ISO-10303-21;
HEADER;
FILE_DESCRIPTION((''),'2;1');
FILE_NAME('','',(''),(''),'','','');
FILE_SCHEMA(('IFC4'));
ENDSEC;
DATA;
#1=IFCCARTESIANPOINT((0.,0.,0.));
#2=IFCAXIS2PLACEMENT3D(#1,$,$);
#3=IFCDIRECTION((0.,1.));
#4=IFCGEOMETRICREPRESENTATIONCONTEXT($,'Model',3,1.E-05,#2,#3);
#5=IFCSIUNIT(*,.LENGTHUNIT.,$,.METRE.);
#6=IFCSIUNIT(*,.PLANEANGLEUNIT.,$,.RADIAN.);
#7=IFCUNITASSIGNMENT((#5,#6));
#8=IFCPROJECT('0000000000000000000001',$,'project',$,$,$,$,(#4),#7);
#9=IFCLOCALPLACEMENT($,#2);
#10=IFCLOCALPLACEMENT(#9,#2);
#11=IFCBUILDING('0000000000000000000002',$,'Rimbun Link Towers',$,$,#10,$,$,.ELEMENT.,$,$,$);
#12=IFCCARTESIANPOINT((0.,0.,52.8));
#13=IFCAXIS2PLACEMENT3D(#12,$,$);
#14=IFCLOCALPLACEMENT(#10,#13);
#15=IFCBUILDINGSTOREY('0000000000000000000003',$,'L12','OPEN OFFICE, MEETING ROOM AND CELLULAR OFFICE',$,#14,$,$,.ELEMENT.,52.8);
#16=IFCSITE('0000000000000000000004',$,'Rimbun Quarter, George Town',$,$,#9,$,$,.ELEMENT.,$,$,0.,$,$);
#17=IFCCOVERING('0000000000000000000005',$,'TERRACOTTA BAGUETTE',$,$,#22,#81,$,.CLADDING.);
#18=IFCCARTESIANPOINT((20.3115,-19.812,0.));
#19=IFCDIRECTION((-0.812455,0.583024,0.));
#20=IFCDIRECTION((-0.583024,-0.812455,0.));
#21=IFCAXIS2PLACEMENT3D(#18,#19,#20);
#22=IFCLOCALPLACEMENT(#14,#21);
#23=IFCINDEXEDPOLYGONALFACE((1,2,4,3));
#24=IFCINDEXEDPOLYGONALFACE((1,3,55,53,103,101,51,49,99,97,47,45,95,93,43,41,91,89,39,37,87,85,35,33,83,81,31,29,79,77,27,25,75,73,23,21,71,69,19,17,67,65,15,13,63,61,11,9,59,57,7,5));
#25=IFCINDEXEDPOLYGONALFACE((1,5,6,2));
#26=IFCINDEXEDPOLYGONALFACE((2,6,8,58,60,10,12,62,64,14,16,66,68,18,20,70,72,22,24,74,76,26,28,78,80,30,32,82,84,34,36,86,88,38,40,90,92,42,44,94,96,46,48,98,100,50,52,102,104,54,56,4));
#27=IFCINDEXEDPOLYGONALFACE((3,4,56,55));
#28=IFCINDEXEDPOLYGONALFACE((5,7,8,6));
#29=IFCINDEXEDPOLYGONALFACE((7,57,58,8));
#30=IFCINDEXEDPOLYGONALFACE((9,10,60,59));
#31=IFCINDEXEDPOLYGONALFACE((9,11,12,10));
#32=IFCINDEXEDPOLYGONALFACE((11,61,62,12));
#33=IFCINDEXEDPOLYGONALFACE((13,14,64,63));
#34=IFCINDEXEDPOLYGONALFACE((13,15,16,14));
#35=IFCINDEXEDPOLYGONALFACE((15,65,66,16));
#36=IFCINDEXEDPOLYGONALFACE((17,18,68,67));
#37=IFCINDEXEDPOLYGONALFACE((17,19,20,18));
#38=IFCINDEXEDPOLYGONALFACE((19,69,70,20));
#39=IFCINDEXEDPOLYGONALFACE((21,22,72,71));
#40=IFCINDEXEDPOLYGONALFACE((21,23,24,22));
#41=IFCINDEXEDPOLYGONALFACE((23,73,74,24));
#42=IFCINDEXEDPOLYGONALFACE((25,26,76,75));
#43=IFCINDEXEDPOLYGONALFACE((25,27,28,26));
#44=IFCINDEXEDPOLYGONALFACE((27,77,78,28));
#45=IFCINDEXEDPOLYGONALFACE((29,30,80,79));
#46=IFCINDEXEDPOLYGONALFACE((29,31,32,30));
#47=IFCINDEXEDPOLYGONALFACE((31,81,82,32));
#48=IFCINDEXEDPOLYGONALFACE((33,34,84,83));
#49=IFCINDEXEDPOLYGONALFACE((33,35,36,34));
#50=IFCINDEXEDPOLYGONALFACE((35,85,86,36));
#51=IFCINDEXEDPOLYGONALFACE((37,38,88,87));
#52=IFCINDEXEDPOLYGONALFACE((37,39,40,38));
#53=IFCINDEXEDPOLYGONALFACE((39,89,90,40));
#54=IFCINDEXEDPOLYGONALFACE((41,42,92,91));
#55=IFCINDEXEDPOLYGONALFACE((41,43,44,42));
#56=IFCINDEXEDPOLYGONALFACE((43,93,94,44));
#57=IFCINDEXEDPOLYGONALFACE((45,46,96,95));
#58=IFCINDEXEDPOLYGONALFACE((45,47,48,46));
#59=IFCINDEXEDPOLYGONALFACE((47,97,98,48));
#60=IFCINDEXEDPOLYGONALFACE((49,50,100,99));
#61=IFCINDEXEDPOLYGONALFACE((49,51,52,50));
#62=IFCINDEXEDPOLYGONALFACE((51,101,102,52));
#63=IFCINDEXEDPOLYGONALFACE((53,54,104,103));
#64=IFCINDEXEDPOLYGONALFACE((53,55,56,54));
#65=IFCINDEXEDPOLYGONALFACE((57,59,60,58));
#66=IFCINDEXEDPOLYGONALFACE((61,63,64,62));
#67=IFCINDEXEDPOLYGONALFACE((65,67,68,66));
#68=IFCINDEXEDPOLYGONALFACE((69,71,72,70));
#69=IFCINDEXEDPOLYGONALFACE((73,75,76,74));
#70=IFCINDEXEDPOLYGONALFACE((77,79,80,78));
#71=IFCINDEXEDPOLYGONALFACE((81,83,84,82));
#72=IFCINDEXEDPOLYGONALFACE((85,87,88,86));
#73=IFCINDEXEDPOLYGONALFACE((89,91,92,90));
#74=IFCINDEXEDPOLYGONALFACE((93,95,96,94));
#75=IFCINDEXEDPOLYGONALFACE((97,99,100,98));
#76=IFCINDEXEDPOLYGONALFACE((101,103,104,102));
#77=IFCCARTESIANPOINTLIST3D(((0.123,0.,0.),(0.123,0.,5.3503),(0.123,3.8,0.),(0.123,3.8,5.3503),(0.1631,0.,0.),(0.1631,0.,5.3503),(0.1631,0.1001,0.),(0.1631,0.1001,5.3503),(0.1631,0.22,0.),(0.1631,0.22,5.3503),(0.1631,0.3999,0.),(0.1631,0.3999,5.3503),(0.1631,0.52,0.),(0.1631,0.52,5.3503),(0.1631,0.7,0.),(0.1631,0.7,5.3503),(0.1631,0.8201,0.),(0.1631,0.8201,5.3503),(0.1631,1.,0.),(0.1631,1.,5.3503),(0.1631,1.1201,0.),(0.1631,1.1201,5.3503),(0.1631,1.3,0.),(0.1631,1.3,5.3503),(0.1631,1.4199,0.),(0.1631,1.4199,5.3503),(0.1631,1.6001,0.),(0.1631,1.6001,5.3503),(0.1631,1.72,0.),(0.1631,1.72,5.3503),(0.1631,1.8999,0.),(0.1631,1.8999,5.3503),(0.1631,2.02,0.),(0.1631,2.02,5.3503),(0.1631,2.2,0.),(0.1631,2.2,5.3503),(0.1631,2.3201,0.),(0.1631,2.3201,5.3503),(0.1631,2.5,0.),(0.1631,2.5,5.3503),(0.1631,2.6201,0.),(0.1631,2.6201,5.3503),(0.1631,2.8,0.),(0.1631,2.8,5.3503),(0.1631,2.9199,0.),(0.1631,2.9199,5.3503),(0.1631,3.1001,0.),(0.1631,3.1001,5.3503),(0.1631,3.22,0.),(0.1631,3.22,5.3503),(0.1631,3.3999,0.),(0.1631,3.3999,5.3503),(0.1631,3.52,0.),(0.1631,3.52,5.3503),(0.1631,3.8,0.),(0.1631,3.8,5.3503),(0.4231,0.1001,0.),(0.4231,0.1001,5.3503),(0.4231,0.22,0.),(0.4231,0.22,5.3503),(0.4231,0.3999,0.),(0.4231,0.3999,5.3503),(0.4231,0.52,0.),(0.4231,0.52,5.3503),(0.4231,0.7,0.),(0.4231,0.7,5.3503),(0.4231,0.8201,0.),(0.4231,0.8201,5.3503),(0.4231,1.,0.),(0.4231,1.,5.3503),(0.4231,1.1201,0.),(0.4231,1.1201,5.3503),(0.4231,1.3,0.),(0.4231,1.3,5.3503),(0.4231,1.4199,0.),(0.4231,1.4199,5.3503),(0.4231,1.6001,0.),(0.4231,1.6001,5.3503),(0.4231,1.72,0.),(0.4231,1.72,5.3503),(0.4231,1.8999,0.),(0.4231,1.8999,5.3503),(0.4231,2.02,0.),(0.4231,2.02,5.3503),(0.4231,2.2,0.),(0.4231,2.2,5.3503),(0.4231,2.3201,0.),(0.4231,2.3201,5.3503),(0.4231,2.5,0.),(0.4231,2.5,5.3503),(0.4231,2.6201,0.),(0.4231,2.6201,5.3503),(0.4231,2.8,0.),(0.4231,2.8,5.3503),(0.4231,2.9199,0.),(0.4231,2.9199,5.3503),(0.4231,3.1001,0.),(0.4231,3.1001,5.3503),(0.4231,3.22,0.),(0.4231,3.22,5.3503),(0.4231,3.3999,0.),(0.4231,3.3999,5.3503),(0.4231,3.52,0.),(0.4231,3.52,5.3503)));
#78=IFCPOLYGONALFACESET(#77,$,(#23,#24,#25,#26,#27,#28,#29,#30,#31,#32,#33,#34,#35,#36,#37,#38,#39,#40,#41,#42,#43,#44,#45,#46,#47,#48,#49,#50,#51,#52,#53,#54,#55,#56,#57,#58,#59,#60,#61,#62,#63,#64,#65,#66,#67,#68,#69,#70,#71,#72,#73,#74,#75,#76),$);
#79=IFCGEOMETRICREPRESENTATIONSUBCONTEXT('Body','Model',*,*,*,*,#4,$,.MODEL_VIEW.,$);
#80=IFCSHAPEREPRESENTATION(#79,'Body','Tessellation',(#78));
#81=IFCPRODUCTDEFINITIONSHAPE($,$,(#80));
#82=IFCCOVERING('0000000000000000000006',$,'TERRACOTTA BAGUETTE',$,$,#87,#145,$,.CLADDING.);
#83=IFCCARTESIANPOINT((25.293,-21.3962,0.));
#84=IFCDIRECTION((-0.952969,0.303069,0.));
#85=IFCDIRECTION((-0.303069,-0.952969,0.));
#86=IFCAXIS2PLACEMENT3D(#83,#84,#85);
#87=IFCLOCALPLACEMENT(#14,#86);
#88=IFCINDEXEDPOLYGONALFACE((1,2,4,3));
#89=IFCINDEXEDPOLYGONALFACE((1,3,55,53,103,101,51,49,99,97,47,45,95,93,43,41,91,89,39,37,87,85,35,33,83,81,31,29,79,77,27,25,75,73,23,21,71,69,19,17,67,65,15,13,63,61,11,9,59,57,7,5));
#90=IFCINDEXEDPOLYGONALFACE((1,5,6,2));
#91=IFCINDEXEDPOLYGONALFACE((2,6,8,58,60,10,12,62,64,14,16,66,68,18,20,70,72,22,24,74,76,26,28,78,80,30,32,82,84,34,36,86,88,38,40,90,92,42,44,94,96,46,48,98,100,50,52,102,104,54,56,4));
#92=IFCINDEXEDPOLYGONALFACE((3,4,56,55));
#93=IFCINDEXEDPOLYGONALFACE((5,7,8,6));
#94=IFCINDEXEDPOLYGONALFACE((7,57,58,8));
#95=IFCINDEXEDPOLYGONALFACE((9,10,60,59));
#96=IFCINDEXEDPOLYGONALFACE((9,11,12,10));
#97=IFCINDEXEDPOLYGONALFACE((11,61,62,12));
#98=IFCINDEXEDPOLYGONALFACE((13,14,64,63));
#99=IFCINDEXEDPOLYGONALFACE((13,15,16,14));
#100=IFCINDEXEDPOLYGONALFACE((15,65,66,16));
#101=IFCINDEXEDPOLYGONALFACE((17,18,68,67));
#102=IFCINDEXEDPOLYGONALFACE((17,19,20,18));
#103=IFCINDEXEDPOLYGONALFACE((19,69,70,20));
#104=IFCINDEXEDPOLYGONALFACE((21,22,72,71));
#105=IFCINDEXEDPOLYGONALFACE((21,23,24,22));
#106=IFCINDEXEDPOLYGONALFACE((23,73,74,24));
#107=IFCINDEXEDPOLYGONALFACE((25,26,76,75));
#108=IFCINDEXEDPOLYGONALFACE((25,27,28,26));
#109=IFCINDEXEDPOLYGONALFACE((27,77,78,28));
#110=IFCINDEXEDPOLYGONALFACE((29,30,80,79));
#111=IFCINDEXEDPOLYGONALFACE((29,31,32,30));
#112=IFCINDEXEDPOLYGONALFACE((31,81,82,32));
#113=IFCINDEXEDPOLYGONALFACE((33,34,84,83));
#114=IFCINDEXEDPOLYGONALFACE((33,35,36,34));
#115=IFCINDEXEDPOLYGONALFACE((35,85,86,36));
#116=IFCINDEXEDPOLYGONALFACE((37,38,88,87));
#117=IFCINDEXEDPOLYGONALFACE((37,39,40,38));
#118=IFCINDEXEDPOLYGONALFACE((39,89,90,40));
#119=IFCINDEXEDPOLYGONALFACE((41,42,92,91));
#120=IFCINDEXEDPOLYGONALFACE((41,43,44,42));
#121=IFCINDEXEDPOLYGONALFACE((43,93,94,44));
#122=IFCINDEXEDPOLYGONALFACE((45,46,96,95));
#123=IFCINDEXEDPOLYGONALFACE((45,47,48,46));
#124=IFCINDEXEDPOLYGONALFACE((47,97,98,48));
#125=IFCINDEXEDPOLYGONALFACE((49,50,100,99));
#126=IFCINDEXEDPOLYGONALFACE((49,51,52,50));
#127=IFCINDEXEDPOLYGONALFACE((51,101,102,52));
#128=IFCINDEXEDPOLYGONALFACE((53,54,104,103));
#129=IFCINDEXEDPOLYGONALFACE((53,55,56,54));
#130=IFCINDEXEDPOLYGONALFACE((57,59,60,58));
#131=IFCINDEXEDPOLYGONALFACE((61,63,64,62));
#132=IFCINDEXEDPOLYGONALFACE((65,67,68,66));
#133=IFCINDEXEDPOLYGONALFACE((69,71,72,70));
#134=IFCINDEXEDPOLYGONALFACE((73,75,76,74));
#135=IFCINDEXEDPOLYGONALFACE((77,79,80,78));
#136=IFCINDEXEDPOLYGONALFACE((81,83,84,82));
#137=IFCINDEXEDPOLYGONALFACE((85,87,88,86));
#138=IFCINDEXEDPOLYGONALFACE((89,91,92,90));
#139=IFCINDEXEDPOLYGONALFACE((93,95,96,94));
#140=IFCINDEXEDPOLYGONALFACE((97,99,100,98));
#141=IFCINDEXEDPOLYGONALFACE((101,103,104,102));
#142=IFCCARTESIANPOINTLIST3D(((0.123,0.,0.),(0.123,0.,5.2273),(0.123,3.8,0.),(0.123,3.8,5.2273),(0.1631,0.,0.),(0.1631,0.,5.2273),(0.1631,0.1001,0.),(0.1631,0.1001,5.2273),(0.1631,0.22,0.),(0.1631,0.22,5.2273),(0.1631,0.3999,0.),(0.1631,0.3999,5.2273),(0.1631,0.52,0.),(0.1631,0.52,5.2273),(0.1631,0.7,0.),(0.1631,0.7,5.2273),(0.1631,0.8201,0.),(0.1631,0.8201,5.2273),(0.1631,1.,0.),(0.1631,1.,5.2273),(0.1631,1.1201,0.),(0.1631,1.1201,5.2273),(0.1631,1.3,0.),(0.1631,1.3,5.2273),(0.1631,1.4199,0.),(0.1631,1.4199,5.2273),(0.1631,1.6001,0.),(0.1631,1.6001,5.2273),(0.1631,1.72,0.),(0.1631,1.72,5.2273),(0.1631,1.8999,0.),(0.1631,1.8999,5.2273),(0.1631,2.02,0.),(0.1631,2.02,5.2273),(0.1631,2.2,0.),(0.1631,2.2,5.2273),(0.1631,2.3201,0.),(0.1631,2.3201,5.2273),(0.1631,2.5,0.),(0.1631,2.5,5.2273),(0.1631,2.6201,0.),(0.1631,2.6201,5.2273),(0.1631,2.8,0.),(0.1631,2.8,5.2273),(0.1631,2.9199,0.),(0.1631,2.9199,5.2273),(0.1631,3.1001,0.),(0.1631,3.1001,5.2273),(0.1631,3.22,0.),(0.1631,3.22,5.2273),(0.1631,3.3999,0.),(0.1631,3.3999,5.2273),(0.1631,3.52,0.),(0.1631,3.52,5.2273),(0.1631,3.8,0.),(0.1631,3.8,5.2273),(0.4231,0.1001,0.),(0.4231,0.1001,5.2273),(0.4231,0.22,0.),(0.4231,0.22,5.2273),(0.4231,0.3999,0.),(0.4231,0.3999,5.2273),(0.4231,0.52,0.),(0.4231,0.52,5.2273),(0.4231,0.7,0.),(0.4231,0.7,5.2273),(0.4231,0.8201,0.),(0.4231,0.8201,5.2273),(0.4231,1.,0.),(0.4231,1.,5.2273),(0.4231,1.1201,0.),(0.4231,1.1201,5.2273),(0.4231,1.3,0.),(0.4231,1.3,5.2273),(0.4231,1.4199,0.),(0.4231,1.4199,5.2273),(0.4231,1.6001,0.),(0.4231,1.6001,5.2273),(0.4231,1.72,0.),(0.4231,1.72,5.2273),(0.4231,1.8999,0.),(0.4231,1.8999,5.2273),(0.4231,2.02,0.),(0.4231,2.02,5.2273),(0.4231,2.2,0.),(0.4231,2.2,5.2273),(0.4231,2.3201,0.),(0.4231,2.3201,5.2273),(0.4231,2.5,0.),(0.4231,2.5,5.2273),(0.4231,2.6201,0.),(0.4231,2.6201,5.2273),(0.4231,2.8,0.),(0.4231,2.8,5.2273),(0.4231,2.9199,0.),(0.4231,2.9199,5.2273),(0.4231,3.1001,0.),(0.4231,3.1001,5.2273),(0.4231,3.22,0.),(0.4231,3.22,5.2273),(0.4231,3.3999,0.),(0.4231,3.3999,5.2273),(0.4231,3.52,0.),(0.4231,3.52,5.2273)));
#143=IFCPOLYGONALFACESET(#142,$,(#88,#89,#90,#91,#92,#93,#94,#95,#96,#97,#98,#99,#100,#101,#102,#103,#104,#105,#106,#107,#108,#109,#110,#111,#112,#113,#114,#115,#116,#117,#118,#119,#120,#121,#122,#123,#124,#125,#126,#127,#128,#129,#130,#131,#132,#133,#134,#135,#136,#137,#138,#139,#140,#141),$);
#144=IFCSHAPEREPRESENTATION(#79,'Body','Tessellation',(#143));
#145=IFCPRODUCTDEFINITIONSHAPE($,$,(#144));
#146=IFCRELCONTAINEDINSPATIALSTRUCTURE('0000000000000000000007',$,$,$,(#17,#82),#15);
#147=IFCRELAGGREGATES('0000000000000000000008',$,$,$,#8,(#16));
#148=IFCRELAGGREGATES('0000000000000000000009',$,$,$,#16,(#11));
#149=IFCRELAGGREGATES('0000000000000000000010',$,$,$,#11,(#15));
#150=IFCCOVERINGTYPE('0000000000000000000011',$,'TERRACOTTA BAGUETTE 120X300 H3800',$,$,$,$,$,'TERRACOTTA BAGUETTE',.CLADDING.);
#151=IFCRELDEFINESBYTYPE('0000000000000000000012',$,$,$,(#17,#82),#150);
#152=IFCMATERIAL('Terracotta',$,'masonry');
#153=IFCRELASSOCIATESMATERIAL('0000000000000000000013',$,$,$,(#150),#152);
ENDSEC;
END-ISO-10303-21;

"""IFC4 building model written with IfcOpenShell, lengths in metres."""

from ifc_helpers import new_model, si_unit, direction, frame, origin, place, context, subcontext, project, spatial, polyline, outline, extrude, material, material_profile, profile_set, type_object, element, save


model = new_model("IFC4")

# Units and contexts
model_context = context("Model", 3, precision=1e-05, world=origin(), true_north=direction((0.0, 1.0)))
body_context = subcontext(model_context, "Body", "Model", "MODEL_VIEW")
ifc_project = project(units=[si_unit("LENGTHUNIT", "METRE"), si_unit("PLANEANGLEUNIT", "RADIAN")], contexts=[model_context])

# Site, building, storey
site_placement = place(None, origin())
site = spatial("IfcSite", under=ifc_project, at=site_placement, Name="Rimbun Quarter, George Town", CompositionType="ELEMENT", RefElevation=0.0)
building_placement = place(site_placement, origin())
building = spatial("IfcBuilding", under=site, at=building_placement, Name="Rimbun Link Towers", CompositionType="ELEMENT")
storey_placement = place(building_placement, frame((0.0, 0.0, 52.8)))
storey = spatial("IfcBuildingStorey", under=building, at=storey_placement, Name="L12", Description="OPEN OFFICE, MEETING ROOM AND CELLULAR OFFICE", CompositionType="ELEMENT", Elevation=52.8)

# Coverings
ifc_material_1 = material(Name="Terracotta", Category="masonry")
ifc_material_profile_1 = material_profile(ifc_material_1, outline(polyline([(0.123, 0.0), (0.1631, 0.0), (0.1631, 0.1001), (0.4231, 0.1001), (0.4231, 0.22), (0.1631, 0.22), (0.1631, 0.3999), (0.4231, 0.3999), (0.4231, 0.52), (0.1631, 0.52), (0.1631, 0.7), (0.4231, 0.7), (0.4231, 0.8201), (0.1631, 0.8201), (0.1631, 1.0), (0.4231, 1.0), (0.4231, 1.1201), (0.1631, 1.1201), (0.1631, 1.3), (0.4231, 1.3), (0.4231, 1.4199), (0.1631, 1.4199), (0.1631, 1.6001), (0.4231, 1.6001), (0.4231, 1.72), (0.1631, 1.72), (0.1631, 1.8999), (0.4231, 1.8999), (0.4231, 2.02), (0.1631, 2.02), (0.1631, 2.2), (0.4231, 2.2), (0.4231, 2.3201), (0.1631, 2.3201), (0.1631, 2.5), (0.4231, 2.5), (0.4231, 2.6201), (0.1631, 2.6201), (0.1631, 2.8), (0.4231, 2.8), (0.4231, 2.9199), (0.1631, 2.9199), (0.1631, 3.1001), (0.4231, 3.1001), (0.4231, 3.22), (0.1631, 3.22), (0.1631, 3.3999), (0.4231, 3.3999), (0.4231, 3.52), (0.1631, 3.52), (0.1631, 3.8), (0.123, 3.8), (0.123, 0.0)])), Name="BAGUETTE 120X300")
ifc_profile_set_1 = profile_set([ifc_material_profile_1], Name="Terracotta")
covering_type = type_object("IfcCoveringType", Name="TERRACOTTA BAGUETTE 120X300 H3800", ElementType="TERRACOTTA BAGUETTE", PredefinedType="CLADDING", material=ifc_profile_set_1)
covering_1_placement = place(storey_placement, frame((20.3115, -19.812, 0.0), z_axis=(-0.812455, 0.583024, 0.0), x_axis=(-0.583024, -0.812455, 0.0)))
element("IfcCovering", 1, at=covering_1_placement, inside=storey, type_object=covering_type, Name="TERRACOTTA BAGUETTE", PredefinedType="CLADDING", context=body_context, shape_type="SweptSolid", body=[
    extrude(outline(polyline([(0.123, 0.0), (0.1631, 0.0), (0.1631, 0.1001), (0.4231, 0.1001), (0.4231, 0.22), (0.1631, 0.22), (0.1631, 0.3999), (0.4231, 0.3999), (0.4231, 0.52), (0.1631, 0.52), (0.1631, 0.7), (0.4231, 0.7), (0.4231, 0.8201), (0.1631, 0.8201), (0.1631, 1.0), (0.4231, 1.0), (0.4231, 1.1201), (0.1631, 1.1201), (0.1631, 1.3), (0.4231, 1.3), (0.4231, 1.4199), (0.1631, 1.4199), (0.1631, 1.6001), (0.4231, 1.6001), (0.4231, 1.72), (0.1631, 1.72), (0.1631, 1.8999), (0.4231, 1.8999), (0.4231, 2.02), (0.1631, 2.02), (0.1631, 2.2), (0.4231, 2.2), (0.4231, 2.3201), (0.1631, 2.3201), (0.1631, 2.5), (0.4231, 2.5), (0.4231, 2.6201), (0.1631, 2.6201), (0.1631, 2.8), (0.4231, 2.8), (0.4231, 2.9199), (0.1631, 2.9199), (0.1631, 3.1001), (0.4231, 3.1001), (0.4231, 3.22), (0.1631, 3.22), (0.1631, 3.3999), (0.4231, 3.3999), (0.4231, 3.52), (0.1631, 3.52), (0.1631, 3.8), (0.123, 3.8), (0.123, 0.0)])), origin(), (0.0, 0.0, 1.0), 5.3503),
])
covering_2_placement = place(storey_placement, frame((25.293, -21.3962, 0.0), z_axis=(-0.952969, 0.303069, 0.0), x_axis=(-0.303069, -0.952969, 0.0)))
element("IfcCovering", 2, at=covering_2_placement, inside=storey, type_object=covering_type, Name="TERRACOTTA BAGUETTE", PredefinedType="CLADDING", context=body_context, shape_type="SweptSolid", body=[
    extrude(outline(polyline([(0.123, 0.0), (0.1631, 0.0), (0.1631, 0.1001), (0.4231, 0.1001), (0.4231, 0.22), (0.1631, 0.22), (0.1631, 0.3999), (0.4231, 0.3999), (0.4231, 0.52), (0.1631, 0.52), (0.1631, 0.7), (0.4231, 0.7), (0.4231, 0.8201), (0.1631, 0.8201), (0.1631, 1.0), (0.4231, 1.0), (0.4231, 1.1201), (0.1631, 1.1201), (0.1631, 1.3), (0.4231, 1.3), (0.4231, 1.4199), (0.1631, 1.4199), (0.1631, 1.6001), (0.4231, 1.6001), (0.4231, 1.72), (0.1631, 1.72), (0.1631, 1.8999), (0.4231, 1.8999), (0.4231, 2.02), (0.1631, 2.02), (0.1631, 2.2), (0.4231, 2.2), (0.4231, 2.3201), (0.1631, 2.3201), (0.1631, 2.5), (0.4231, 2.5), (0.4231, 2.6201), (0.1631, 2.6201), (0.1631, 2.8), (0.4231, 2.8), (0.4231, 2.9199), (0.1631, 2.9199), (0.1631, 3.1001), (0.4231, 3.1001), (0.4231, 3.22), (0.1631, 3.22), (0.1631, 3.3999), (0.4231, 3.3999), (0.4231, 3.52), (0.1631, 3.52), (0.1631, 3.8), (0.123, 3.8), (0.123, 0.0)])), origin(), (0.0, 0.0, 1.0), 5.2273),
])

save(model, "model.ifc")
